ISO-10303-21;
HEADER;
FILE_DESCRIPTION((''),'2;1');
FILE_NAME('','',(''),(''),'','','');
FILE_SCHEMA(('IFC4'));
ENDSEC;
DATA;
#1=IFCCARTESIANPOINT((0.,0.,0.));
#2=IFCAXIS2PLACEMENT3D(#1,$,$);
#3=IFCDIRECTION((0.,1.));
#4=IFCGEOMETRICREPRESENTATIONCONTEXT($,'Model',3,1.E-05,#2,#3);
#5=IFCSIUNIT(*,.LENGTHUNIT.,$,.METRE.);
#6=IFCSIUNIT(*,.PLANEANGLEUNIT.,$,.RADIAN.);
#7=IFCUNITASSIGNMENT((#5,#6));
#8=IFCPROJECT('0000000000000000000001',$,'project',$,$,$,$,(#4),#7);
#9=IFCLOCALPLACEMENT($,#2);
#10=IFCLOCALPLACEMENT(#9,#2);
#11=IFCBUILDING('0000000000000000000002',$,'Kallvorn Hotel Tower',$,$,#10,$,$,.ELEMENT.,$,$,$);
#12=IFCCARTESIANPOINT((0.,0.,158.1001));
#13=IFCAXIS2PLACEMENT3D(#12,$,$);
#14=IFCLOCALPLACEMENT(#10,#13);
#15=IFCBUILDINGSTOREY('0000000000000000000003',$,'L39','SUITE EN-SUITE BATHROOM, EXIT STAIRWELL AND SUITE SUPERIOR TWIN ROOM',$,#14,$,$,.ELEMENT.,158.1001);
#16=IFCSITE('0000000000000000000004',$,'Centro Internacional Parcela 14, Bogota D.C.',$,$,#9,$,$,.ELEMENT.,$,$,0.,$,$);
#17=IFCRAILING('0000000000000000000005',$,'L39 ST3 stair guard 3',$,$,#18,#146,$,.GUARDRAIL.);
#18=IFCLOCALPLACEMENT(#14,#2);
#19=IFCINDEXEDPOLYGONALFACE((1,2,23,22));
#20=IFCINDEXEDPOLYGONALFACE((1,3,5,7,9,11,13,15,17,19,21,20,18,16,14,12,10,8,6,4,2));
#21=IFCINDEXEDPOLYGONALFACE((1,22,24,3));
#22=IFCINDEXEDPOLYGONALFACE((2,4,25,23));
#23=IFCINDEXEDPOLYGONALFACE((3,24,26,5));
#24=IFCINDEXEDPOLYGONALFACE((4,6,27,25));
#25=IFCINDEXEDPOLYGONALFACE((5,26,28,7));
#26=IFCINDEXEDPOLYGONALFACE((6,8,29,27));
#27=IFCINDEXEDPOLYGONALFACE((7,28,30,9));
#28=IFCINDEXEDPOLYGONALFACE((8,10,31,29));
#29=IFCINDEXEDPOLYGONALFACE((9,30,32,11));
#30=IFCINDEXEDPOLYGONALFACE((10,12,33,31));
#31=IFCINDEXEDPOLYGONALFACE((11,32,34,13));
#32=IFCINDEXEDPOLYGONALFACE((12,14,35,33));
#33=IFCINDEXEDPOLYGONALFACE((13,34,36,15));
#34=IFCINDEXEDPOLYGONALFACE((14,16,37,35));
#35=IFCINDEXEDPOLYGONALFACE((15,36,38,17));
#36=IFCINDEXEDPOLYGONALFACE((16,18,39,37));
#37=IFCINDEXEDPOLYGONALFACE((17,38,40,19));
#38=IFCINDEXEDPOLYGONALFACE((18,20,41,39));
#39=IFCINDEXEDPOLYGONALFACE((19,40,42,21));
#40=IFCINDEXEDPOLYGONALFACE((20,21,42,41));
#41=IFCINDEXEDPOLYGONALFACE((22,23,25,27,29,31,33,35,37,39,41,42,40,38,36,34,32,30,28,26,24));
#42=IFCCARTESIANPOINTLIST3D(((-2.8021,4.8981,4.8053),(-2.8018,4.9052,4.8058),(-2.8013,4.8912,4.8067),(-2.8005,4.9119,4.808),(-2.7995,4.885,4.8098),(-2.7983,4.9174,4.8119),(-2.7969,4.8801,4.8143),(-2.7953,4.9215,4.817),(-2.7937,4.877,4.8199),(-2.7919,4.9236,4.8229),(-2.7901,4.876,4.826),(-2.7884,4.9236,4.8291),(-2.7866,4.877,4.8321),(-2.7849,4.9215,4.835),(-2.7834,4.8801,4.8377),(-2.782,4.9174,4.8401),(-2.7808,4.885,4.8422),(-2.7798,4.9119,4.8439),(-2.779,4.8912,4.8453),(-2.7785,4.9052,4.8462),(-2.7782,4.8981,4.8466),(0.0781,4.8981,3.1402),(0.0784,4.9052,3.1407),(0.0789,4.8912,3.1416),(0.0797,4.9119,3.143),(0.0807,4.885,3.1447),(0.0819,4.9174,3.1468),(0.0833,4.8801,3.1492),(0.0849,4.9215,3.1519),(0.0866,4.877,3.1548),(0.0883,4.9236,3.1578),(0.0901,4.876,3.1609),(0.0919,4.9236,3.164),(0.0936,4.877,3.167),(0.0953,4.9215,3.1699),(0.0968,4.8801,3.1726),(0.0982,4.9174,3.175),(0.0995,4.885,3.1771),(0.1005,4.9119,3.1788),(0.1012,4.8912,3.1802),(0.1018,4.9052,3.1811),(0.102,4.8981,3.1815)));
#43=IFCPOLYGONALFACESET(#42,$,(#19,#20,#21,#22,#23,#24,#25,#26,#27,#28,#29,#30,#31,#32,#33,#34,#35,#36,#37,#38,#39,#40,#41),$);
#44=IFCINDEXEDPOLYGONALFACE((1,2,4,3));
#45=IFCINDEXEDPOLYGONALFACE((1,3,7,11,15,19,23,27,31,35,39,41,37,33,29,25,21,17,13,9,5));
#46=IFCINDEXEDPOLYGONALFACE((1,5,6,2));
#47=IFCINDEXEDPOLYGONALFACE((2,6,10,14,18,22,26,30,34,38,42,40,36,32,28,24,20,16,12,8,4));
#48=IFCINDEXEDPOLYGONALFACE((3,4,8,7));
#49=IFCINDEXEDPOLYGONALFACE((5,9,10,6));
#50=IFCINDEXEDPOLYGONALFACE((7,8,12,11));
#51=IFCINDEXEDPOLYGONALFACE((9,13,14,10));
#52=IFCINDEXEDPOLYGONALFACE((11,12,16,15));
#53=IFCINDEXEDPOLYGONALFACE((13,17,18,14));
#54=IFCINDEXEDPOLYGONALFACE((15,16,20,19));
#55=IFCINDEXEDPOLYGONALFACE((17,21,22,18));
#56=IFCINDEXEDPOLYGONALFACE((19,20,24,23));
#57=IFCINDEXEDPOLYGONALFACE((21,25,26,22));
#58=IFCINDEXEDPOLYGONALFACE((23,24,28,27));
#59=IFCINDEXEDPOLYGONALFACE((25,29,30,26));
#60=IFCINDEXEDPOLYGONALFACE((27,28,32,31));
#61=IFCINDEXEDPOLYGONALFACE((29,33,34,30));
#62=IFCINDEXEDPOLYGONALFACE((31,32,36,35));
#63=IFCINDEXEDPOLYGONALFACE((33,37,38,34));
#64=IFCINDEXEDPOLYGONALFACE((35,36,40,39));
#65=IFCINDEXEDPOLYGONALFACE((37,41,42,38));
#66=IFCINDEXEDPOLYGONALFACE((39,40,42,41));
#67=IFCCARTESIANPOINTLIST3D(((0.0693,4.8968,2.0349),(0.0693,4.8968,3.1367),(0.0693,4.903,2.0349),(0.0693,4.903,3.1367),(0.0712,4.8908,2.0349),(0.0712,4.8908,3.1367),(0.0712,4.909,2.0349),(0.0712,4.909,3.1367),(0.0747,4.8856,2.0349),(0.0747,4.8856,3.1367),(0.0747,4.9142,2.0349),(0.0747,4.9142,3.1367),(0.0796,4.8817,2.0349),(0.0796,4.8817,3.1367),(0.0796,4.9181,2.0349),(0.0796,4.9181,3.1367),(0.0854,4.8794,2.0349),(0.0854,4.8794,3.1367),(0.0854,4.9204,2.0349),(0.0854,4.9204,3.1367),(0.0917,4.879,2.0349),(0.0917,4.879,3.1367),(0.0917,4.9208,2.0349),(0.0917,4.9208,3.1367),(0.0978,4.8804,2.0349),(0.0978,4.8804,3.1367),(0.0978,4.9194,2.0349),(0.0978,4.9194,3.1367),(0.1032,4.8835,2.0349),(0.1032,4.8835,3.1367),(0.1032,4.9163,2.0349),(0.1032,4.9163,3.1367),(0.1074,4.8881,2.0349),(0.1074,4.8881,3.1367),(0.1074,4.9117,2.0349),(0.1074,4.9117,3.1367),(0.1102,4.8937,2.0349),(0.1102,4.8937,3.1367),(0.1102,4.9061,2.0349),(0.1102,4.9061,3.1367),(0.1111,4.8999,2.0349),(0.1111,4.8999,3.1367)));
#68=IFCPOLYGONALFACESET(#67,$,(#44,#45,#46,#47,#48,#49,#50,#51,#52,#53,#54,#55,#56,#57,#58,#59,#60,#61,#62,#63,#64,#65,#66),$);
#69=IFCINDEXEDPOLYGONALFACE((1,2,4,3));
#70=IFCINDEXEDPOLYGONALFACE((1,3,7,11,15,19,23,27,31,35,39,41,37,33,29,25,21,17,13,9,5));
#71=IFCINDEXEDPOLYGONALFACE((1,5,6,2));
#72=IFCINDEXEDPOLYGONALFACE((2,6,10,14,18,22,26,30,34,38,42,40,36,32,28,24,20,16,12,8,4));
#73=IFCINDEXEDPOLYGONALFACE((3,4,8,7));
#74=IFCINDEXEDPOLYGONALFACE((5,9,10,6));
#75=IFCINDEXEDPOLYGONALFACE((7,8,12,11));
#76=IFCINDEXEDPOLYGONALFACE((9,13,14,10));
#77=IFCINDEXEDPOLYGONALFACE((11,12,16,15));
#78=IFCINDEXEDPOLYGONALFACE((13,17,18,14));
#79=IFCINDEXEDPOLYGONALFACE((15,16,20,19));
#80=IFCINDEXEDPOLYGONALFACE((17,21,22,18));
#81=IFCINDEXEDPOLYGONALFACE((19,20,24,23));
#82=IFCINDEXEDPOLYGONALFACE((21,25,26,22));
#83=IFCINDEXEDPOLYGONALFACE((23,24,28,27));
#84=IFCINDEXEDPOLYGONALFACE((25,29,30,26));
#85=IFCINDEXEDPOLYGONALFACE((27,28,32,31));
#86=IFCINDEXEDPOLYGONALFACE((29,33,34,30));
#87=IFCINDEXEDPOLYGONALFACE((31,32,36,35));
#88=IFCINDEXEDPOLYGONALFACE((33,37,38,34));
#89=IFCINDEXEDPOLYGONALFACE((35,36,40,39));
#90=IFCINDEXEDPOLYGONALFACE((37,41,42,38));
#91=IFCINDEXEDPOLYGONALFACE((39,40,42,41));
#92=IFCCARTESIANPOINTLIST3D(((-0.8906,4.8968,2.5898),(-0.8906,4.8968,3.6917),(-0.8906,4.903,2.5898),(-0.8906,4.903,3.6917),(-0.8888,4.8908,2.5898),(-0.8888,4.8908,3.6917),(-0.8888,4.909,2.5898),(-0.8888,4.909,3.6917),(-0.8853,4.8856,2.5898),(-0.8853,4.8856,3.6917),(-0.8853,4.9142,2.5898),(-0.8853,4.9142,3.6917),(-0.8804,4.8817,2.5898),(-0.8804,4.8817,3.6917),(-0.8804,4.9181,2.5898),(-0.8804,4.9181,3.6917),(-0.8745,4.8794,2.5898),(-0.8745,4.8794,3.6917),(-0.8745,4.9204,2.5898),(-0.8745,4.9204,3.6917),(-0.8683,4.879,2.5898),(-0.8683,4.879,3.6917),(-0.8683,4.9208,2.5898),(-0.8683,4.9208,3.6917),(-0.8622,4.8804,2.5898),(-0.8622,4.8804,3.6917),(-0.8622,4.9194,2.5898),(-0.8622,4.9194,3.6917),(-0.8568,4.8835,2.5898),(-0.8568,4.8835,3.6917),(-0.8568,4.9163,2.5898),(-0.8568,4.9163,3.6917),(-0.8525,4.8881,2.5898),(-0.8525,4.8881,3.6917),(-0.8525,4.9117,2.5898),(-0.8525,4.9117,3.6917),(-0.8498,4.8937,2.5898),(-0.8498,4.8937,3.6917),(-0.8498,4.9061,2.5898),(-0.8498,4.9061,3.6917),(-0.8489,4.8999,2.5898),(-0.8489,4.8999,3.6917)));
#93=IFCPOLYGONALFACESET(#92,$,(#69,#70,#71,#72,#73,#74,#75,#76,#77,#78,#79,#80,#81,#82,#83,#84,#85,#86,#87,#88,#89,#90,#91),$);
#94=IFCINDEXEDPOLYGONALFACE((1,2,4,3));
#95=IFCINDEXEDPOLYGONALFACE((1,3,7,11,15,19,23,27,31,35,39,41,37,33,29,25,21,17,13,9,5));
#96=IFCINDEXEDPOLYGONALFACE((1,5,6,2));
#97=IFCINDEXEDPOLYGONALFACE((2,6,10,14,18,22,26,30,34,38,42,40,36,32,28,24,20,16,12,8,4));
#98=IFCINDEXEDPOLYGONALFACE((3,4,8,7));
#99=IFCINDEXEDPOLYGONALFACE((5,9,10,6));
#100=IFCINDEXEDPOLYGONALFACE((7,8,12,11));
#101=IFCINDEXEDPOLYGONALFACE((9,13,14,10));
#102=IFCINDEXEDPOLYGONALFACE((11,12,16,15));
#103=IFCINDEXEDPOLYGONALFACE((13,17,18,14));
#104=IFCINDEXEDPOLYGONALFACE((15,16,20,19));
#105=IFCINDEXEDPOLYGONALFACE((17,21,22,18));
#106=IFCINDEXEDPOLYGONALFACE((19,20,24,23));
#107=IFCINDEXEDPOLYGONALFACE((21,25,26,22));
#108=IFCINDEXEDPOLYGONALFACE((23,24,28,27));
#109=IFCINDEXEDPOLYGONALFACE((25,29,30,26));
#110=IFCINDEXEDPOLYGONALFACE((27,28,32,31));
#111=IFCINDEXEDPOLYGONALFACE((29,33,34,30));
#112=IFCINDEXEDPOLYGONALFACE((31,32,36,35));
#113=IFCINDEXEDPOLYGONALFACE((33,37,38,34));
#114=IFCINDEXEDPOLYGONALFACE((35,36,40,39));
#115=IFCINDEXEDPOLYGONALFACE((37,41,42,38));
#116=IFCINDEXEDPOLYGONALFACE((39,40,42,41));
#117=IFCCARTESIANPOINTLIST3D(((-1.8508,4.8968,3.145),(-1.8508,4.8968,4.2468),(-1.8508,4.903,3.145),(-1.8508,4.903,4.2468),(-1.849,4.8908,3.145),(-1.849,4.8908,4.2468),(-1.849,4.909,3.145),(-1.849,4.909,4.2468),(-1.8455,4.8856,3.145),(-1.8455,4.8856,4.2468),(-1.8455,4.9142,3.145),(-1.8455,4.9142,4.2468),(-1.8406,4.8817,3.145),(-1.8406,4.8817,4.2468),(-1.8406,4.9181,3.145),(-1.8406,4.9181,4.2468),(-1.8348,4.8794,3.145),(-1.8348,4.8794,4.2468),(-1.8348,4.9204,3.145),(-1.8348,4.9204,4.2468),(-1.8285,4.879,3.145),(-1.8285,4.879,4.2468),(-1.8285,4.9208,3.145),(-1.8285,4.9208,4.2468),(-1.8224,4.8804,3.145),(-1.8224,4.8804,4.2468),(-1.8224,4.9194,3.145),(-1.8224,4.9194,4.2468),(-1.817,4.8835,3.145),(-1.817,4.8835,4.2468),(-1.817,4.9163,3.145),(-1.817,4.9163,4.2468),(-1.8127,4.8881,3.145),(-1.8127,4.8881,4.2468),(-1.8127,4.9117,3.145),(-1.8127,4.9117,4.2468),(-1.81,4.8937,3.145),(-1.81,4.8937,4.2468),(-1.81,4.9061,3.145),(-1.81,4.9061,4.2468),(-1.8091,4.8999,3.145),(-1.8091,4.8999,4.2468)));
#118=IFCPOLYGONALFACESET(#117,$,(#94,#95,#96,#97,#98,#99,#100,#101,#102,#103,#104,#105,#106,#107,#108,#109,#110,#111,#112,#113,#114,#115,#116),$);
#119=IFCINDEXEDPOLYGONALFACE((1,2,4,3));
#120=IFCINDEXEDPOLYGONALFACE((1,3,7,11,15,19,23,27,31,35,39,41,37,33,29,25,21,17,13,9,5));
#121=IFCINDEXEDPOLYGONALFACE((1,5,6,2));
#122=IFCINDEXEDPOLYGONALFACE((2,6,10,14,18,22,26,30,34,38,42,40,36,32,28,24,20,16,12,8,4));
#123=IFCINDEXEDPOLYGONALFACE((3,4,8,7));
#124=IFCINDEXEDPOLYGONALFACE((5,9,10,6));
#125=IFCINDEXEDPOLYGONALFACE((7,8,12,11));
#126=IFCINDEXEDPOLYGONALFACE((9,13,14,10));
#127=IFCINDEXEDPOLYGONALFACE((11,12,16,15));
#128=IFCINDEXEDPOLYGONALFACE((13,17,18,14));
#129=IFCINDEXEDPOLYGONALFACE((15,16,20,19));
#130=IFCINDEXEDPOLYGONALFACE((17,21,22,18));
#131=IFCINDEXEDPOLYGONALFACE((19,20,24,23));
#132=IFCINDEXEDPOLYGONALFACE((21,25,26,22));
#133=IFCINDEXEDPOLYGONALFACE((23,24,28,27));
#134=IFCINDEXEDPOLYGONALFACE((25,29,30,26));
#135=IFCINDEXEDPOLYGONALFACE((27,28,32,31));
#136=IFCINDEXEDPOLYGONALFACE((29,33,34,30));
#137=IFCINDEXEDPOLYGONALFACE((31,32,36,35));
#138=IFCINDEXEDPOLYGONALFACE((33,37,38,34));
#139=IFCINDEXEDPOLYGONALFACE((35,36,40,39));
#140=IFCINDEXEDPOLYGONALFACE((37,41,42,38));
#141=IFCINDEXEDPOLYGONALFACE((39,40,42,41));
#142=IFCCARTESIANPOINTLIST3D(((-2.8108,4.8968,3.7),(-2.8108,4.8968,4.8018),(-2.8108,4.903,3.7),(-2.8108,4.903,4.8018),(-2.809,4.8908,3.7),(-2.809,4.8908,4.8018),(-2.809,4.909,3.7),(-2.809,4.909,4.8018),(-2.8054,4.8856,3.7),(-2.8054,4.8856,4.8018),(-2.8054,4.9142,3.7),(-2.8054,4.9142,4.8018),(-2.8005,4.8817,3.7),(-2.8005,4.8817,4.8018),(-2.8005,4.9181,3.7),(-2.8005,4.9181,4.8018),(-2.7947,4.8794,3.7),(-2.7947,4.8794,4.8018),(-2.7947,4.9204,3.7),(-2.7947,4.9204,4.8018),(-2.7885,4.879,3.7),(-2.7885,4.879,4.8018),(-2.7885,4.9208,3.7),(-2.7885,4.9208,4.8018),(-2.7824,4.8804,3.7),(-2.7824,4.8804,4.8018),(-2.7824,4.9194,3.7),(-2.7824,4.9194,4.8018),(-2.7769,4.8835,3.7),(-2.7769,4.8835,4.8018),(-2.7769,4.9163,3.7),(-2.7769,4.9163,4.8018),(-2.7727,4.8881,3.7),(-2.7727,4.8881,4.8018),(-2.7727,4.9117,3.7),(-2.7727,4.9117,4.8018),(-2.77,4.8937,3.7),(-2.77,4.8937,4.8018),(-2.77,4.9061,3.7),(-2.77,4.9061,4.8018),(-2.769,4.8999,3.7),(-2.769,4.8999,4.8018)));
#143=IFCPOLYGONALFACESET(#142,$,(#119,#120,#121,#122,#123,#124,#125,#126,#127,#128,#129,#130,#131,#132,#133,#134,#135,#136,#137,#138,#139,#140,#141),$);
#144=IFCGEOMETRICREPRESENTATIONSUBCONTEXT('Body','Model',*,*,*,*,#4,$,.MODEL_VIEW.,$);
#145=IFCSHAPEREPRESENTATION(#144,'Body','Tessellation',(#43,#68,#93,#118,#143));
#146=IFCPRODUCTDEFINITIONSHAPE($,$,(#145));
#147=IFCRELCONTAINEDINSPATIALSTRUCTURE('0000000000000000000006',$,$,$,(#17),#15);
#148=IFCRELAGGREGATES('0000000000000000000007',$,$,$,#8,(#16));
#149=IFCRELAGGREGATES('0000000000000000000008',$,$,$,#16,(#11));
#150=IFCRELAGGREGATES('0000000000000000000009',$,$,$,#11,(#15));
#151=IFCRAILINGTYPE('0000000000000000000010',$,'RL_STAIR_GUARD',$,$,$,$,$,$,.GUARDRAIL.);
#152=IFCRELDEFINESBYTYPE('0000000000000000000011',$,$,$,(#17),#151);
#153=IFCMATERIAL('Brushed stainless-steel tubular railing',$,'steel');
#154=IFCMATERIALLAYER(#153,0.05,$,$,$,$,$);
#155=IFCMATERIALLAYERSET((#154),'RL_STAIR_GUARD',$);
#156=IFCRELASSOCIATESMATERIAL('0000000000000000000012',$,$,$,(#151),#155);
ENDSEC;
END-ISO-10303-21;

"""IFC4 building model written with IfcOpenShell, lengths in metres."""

from ifc_helpers import new_model, si_unit, direction, frame, origin, origin_2d, place, context, subcontext, project, spatial, circle, extrude, material, layer, layer_set, type_object, element, save


model = new_model("IFC4")

# Units and contexts
model_context = context("Model", 3, precision=1e-05, world=origin(), true_north=direction((0.0, 1.0)))
body_context = subcontext(model_context, "Body", "Model", "MODEL_VIEW")
ifc_project = project(units=[si_unit("LENGTHUNIT", "METRE"), si_unit("PLANEANGLEUNIT", "RADIAN")], contexts=[model_context])

# Site, building, storey
site_placement = place(None, origin())
site = spatial("IfcSite", under=ifc_project, at=site_placement, Name="Centro Internacional Parcela 14, Bogota D.C.", CompositionType="ELEMENT", RefElevation=0.0)
building_placement = place(site_placement, origin())
building = spatial("IfcBuilding", under=site, at=building_placement, Name="Kallvorn Hotel Tower", CompositionType="ELEMENT")
storey_placement = place(building_placement, frame((0.0, 0.0, 158.1001)))
storey = spatial("IfcBuildingStorey", under=building, at=storey_placement, Name="L39", Description="SUITE EN-SUITE BATHROOM, EXIT STAIRWELL AND SUITE SUPERIOR TWIN ROOM", CompositionType="ELEMENT", Elevation=158.1001)

# Railing
ifc_material_1 = material(Name="Brushed stainless-steel tubular railing", Category="steel")
ifc_layer_1 = layer(ifc_material_1, 0.05)
ifc_layer_set_1 = layer_set([ifc_layer_1], Name="RL_STAIR_GUARD")
railing_type_1 = type_object("IfcRailingType", Name="RL_STAIR_GUARD", PredefinedType="GUARDRAIL", material=ifc_layer_set_1)
railing_1_placement = place(storey_placement, frame((0.0901, 4.8999, 2.0349)))
element("IfcRailing", 1, at=railing_1_placement, inside=storey, type_object=railing_type_1, Name="L39 ST3 stair guard 3", PredefinedType="GUARDRAIL", context=body_context, shape_type="SweptSolid", body=[
    extrude(circle(Radius=0.0239, at=origin_2d()), frame((0.0, 0.0, 1.126), z_axis=(-0.865739, 0.0, 0.500495), x_axis=(0.0, -1.0, 0.0)), (0.0, 0.0, 1.0), 3.3269),
    extrude(circle(Radius=0.021, at=origin_2d()), origin(), (0.0, 0.0, 1.0), 1.1018),
    extrude(circle(Radius=0.021, at=origin_2d()), frame((-0.96, 0.0, 0.5549)), (0.0, 0.0, 1.0), 1.1018),
    extrude(circle(Radius=0.021, at=origin_2d()), frame((-1.9202, 0.0, 1.1101)), (0.0, 0.0, 1.0), 1.1018),
    extrude(circle(Radius=0.021, at=origin_2d()), frame((-2.8801, 0.0, 1.665)), (0.0, 0.0, 1.0), 1.1018),
])

save(model, "model.ifc")
